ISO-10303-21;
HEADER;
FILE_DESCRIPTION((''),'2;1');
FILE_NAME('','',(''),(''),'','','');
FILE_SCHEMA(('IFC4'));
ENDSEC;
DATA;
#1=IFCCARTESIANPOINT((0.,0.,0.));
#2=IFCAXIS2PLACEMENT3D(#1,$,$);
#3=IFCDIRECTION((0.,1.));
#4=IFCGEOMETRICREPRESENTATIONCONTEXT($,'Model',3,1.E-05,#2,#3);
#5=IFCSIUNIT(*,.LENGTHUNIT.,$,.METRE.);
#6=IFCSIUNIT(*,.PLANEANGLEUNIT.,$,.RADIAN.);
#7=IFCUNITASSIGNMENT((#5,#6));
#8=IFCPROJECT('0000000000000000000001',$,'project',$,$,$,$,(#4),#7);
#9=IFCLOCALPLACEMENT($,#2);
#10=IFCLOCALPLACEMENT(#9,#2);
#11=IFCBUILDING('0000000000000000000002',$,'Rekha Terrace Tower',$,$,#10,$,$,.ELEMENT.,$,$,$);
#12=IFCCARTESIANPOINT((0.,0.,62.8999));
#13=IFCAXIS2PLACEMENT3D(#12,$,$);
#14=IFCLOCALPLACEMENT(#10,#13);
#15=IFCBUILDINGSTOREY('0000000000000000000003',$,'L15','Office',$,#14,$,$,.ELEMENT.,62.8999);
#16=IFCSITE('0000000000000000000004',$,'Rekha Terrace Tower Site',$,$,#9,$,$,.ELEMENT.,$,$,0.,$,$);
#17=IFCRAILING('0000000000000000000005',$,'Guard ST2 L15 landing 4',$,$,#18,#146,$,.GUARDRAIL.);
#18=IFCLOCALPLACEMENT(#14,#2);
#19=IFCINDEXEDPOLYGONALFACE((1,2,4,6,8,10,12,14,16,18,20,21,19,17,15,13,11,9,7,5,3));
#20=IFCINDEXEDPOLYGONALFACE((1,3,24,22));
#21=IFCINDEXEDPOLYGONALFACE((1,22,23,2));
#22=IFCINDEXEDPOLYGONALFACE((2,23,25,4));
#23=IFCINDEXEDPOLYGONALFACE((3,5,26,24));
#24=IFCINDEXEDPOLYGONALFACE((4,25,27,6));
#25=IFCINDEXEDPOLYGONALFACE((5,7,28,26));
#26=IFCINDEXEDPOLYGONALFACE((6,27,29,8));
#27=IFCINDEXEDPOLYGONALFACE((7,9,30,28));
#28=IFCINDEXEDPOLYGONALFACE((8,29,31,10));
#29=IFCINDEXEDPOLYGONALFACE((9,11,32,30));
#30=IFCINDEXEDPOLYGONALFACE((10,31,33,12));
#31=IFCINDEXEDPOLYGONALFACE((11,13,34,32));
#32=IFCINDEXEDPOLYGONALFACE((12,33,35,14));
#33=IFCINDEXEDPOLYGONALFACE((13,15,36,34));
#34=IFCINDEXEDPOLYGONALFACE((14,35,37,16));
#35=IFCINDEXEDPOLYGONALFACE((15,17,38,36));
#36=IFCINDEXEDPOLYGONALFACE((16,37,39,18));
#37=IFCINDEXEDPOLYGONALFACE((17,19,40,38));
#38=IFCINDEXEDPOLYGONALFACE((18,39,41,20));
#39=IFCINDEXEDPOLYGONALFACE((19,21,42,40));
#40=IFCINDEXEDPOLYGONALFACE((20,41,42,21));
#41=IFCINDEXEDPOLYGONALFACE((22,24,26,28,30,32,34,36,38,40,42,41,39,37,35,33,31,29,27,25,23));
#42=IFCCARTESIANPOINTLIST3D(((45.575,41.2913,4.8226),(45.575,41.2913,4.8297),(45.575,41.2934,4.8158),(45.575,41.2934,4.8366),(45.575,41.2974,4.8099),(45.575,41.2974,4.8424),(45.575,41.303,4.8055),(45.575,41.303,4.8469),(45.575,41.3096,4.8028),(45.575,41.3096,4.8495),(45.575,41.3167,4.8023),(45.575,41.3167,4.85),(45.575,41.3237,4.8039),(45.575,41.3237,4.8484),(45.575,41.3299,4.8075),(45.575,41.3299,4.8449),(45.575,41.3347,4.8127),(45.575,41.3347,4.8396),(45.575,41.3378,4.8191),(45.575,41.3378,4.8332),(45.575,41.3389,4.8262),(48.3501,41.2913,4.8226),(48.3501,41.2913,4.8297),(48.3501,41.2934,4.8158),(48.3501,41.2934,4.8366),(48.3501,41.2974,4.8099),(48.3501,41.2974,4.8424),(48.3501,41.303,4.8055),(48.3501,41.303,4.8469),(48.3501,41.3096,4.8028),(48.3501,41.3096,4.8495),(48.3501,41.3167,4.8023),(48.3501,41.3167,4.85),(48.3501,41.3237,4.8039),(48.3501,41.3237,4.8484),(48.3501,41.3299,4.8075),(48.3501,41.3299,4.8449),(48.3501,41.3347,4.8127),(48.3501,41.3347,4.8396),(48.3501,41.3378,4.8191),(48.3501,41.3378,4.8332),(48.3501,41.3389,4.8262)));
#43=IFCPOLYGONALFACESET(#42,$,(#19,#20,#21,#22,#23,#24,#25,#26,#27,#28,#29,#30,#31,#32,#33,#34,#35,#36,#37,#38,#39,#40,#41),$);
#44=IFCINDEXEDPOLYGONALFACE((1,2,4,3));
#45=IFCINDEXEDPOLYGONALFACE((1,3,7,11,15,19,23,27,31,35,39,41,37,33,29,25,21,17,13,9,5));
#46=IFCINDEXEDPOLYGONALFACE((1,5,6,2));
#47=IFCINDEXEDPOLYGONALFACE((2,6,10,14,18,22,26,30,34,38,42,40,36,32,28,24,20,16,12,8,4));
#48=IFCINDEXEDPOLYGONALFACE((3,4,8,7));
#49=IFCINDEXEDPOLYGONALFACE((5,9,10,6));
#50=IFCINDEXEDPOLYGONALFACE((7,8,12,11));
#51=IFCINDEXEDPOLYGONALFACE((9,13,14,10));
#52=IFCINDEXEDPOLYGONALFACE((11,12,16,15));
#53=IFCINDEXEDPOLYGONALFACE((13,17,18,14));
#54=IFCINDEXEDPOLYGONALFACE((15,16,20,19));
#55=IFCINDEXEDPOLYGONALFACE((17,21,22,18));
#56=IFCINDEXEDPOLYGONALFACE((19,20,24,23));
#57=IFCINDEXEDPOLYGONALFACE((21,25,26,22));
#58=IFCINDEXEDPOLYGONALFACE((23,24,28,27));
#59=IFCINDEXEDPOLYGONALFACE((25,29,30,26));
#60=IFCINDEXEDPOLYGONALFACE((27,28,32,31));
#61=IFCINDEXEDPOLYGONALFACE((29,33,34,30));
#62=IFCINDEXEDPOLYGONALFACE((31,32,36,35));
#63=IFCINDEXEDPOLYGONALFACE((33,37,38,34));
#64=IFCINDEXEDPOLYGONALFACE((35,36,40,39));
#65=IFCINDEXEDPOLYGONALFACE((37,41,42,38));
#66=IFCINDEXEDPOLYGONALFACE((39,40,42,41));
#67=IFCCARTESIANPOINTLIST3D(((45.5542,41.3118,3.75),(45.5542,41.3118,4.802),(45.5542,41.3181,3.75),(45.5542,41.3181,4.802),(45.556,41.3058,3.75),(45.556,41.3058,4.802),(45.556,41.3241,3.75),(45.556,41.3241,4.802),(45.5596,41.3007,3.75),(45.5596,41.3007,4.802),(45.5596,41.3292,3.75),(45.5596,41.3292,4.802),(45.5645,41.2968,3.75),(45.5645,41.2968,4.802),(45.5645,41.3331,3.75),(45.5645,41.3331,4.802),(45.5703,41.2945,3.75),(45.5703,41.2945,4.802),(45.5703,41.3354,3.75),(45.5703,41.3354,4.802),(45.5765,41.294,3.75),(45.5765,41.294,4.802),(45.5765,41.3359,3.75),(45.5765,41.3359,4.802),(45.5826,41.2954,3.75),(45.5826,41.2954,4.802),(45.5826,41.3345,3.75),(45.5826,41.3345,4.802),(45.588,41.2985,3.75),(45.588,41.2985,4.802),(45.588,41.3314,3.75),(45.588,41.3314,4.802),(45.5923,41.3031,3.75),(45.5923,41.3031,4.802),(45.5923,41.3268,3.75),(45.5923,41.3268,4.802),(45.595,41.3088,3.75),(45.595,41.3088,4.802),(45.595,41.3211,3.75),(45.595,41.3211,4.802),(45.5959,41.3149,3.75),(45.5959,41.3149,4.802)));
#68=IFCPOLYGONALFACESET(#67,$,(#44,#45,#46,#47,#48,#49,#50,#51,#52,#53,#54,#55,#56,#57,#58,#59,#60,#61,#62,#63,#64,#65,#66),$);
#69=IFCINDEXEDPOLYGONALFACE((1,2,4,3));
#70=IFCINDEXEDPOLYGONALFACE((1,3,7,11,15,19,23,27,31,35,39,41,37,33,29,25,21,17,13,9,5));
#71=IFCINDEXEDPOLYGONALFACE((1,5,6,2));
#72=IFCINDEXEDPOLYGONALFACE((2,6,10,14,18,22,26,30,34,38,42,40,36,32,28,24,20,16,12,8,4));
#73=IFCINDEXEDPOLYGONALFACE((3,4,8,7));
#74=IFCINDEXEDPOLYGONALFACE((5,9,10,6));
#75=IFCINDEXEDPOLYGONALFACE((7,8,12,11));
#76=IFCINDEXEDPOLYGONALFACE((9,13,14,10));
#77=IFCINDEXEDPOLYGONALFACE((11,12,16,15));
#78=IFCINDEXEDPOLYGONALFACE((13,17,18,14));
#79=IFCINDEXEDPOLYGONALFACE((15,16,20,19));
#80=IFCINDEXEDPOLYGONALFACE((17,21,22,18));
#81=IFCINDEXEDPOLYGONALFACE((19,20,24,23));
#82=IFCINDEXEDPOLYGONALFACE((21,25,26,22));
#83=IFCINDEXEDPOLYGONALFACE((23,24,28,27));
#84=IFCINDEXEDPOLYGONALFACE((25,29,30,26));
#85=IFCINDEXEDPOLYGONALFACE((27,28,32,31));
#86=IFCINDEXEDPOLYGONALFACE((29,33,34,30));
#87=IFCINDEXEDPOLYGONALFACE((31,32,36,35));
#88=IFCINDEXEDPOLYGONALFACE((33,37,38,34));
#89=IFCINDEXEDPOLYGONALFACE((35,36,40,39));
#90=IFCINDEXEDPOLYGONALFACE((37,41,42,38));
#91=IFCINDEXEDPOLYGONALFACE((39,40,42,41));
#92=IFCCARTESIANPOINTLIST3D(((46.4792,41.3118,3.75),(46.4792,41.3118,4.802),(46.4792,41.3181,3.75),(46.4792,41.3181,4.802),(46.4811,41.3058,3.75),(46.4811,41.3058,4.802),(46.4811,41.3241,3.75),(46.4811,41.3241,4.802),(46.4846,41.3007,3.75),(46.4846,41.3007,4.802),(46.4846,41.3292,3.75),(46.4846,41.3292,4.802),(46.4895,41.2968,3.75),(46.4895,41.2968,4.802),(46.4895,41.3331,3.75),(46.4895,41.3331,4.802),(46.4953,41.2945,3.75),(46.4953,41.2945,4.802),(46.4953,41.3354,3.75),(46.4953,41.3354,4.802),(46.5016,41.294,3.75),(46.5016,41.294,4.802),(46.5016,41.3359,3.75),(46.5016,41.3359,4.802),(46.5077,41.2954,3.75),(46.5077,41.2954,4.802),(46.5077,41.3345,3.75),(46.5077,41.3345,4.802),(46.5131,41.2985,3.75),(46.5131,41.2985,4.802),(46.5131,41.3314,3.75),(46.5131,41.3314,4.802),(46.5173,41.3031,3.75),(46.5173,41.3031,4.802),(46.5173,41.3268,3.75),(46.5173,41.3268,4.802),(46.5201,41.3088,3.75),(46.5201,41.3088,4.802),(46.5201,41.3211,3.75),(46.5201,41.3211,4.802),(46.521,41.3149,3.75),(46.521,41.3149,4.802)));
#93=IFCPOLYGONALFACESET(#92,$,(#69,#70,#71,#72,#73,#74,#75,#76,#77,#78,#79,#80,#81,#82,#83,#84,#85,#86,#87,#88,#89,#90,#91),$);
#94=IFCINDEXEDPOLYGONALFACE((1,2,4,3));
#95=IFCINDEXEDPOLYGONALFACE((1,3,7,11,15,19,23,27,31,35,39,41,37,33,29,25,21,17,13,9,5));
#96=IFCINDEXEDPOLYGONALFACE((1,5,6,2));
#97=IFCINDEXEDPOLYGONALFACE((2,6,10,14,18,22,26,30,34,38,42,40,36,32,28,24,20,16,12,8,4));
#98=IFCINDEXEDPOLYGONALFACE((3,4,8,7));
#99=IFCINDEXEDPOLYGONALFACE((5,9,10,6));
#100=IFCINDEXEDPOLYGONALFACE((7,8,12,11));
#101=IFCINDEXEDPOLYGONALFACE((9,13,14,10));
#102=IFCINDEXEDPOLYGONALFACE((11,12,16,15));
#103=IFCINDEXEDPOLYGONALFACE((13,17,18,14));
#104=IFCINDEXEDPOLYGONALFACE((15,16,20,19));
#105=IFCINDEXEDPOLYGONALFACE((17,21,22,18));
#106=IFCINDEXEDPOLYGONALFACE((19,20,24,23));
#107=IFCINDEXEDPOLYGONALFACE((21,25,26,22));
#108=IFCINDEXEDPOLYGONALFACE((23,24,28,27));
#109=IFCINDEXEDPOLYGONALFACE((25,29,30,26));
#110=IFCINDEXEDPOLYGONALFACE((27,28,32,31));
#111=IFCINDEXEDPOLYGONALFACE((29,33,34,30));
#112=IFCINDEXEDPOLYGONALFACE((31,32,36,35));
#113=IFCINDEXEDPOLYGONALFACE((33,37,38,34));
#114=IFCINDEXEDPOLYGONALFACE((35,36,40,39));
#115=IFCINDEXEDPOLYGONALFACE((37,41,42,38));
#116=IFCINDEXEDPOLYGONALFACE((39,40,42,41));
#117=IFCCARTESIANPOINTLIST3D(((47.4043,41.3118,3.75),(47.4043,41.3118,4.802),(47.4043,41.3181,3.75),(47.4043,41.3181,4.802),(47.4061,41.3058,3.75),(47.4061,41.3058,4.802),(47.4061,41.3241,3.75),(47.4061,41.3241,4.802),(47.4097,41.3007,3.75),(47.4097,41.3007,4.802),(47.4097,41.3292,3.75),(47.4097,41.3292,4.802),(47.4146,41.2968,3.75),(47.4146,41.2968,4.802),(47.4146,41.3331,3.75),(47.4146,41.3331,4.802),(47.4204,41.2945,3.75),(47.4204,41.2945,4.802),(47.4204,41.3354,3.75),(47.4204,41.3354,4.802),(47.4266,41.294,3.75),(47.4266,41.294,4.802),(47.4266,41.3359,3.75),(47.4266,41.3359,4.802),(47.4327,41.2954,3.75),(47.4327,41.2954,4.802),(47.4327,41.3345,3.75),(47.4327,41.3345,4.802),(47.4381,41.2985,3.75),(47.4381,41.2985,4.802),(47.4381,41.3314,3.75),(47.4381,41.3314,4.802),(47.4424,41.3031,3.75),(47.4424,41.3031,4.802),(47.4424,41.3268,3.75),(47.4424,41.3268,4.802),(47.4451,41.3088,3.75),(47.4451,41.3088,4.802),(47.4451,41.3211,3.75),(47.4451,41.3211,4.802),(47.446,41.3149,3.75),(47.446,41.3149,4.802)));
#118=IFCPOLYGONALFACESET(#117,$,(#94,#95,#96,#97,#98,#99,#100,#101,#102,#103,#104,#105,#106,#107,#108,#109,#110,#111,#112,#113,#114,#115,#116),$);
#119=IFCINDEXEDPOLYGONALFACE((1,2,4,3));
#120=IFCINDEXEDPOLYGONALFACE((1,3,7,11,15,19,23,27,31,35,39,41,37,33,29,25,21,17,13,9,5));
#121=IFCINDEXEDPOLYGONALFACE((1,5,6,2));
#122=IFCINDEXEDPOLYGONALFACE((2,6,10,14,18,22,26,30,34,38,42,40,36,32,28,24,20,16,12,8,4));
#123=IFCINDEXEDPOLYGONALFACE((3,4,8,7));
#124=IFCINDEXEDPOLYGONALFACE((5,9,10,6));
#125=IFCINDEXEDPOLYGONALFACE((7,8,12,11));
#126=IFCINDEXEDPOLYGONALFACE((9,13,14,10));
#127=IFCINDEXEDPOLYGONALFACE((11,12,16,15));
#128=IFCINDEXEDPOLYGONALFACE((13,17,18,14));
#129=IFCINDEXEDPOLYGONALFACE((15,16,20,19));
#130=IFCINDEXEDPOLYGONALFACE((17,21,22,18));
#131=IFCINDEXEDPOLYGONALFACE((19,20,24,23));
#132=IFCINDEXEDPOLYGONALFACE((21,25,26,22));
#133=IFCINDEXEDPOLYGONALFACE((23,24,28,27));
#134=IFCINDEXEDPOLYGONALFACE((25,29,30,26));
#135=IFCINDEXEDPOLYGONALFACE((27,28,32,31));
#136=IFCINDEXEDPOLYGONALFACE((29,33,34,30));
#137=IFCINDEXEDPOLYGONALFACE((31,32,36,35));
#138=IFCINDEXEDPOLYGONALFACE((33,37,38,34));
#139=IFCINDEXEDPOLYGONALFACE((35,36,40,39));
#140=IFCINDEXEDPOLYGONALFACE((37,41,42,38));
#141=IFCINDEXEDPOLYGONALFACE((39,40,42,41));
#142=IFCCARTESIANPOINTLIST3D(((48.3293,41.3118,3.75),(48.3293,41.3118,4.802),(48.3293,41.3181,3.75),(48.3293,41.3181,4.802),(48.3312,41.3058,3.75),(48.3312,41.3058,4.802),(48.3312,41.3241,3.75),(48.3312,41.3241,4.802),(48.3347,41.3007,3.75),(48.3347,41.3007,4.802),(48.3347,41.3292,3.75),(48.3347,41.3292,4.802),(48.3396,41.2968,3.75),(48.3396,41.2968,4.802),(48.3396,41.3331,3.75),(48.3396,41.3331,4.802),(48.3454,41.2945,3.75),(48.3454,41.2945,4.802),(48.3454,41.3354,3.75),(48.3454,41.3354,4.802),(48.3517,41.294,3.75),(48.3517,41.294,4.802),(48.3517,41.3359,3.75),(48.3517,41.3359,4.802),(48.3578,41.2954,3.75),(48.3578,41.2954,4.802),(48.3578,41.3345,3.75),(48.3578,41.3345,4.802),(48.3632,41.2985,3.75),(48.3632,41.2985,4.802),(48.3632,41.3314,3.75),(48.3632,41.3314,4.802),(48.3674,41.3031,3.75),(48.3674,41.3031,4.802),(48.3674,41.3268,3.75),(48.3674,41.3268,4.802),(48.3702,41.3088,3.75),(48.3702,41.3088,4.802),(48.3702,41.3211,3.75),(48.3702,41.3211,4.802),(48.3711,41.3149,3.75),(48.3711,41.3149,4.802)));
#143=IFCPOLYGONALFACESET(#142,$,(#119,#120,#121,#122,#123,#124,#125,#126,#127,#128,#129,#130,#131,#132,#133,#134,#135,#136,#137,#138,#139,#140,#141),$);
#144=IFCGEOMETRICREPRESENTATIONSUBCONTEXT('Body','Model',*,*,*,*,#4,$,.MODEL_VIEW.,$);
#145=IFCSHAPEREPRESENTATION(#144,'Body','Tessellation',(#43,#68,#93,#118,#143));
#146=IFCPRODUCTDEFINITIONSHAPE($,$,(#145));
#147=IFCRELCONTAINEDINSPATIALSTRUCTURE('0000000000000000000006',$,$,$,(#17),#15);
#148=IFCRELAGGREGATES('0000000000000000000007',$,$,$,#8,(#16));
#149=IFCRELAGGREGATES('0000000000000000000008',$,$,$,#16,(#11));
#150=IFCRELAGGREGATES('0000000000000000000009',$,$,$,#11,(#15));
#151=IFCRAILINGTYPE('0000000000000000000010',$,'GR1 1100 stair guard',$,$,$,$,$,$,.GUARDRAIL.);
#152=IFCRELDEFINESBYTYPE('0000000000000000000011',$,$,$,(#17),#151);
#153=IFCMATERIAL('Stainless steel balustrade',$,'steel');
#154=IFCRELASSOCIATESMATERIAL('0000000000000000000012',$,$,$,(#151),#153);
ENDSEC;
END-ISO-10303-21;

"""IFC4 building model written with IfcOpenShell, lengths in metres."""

from ifc_helpers import new_model, si_unit, direction, frame, origin, origin_2d, place, context, subcontext, project, spatial, circle, extrude, material, type_object, element, save


model = new_model("IFC4")

# Units and contexts
model_context = context("Model", 3, precision=1e-05, world=origin(), true_north=direction((0.0, 1.0)))
body_context = subcontext(model_context, "Body", "Model", "MODEL_VIEW")
ifc_project = project(units=[si_unit("LENGTHUNIT", "METRE"), si_unit("PLANEANGLEUNIT", "RADIAN")], contexts=[model_context])

# Site, building, storey
site_placement = place(None, origin())
site = spatial("IfcSite", under=ifc_project, at=site_placement, Name="Rekha Terrace Tower Site", CompositionType="ELEMENT", RefElevation=0.0)
building_placement = place(site_placement, origin())
building = spatial("IfcBuilding", under=site, at=building_placement, Name="Rekha Terrace Tower", CompositionType="ELEMENT")
storey_placement = place(building_placement, frame((0.0, 0.0, 62.8999)))
storey = spatial("IfcBuildingStorey", under=building, at=storey_placement, Name="L15", Description="Office", CompositionType="ELEMENT", Elevation=62.8999)

# Railing
ifc_material_1 = material(Name="Stainless steel balustrade", Category="steel")
railing_type_1 = type_object("IfcRailingType", Name="GR1 1100 stair guard", PredefinedType="GUARDRAIL", material=ifc_material_1)
railing_1_placement = place(storey_placement, frame((45.575, 41.3149, 3.75)))
element("IfcRailing", 1, at=railing_1_placement, inside=storey, type_object=railing_type_1, Name="Guard ST2 L15 landing 4", PredefinedType="GUARDRAIL", context=body_context, shape_type="SweptSolid", body=[
    extrude(circle(Radius=0.0239, at=origin_2d()), frame((0.0, 0.0, 1.0762), z_axis=(1.0, 0.0, 0.0), x_axis=(0.0, 1.0, 0.0)), (0.0, 0.0, 1.0), 2.7751),
    extrude(circle(Radius=0.021, at=origin_2d()), origin(), (0.0, 0.0, 1.0), 1.052),
    extrude(circle(Radius=0.021, at=origin_2d()), frame((0.925, 0.0, 0.0)), (0.0, 0.0, 1.0), 1.052),
    extrude(circle(Radius=0.021, at=origin_2d()), frame((1.8501, 0.0, 0.0)), (0.0, 0.0, 1.0), 1.052),
    extrude(circle(Radius=0.021, at=origin_2d()), frame((2.7751, 0.0, 0.0)), (0.0, 0.0, 1.0), 1.052),
])

save(model, "model.ifc")
